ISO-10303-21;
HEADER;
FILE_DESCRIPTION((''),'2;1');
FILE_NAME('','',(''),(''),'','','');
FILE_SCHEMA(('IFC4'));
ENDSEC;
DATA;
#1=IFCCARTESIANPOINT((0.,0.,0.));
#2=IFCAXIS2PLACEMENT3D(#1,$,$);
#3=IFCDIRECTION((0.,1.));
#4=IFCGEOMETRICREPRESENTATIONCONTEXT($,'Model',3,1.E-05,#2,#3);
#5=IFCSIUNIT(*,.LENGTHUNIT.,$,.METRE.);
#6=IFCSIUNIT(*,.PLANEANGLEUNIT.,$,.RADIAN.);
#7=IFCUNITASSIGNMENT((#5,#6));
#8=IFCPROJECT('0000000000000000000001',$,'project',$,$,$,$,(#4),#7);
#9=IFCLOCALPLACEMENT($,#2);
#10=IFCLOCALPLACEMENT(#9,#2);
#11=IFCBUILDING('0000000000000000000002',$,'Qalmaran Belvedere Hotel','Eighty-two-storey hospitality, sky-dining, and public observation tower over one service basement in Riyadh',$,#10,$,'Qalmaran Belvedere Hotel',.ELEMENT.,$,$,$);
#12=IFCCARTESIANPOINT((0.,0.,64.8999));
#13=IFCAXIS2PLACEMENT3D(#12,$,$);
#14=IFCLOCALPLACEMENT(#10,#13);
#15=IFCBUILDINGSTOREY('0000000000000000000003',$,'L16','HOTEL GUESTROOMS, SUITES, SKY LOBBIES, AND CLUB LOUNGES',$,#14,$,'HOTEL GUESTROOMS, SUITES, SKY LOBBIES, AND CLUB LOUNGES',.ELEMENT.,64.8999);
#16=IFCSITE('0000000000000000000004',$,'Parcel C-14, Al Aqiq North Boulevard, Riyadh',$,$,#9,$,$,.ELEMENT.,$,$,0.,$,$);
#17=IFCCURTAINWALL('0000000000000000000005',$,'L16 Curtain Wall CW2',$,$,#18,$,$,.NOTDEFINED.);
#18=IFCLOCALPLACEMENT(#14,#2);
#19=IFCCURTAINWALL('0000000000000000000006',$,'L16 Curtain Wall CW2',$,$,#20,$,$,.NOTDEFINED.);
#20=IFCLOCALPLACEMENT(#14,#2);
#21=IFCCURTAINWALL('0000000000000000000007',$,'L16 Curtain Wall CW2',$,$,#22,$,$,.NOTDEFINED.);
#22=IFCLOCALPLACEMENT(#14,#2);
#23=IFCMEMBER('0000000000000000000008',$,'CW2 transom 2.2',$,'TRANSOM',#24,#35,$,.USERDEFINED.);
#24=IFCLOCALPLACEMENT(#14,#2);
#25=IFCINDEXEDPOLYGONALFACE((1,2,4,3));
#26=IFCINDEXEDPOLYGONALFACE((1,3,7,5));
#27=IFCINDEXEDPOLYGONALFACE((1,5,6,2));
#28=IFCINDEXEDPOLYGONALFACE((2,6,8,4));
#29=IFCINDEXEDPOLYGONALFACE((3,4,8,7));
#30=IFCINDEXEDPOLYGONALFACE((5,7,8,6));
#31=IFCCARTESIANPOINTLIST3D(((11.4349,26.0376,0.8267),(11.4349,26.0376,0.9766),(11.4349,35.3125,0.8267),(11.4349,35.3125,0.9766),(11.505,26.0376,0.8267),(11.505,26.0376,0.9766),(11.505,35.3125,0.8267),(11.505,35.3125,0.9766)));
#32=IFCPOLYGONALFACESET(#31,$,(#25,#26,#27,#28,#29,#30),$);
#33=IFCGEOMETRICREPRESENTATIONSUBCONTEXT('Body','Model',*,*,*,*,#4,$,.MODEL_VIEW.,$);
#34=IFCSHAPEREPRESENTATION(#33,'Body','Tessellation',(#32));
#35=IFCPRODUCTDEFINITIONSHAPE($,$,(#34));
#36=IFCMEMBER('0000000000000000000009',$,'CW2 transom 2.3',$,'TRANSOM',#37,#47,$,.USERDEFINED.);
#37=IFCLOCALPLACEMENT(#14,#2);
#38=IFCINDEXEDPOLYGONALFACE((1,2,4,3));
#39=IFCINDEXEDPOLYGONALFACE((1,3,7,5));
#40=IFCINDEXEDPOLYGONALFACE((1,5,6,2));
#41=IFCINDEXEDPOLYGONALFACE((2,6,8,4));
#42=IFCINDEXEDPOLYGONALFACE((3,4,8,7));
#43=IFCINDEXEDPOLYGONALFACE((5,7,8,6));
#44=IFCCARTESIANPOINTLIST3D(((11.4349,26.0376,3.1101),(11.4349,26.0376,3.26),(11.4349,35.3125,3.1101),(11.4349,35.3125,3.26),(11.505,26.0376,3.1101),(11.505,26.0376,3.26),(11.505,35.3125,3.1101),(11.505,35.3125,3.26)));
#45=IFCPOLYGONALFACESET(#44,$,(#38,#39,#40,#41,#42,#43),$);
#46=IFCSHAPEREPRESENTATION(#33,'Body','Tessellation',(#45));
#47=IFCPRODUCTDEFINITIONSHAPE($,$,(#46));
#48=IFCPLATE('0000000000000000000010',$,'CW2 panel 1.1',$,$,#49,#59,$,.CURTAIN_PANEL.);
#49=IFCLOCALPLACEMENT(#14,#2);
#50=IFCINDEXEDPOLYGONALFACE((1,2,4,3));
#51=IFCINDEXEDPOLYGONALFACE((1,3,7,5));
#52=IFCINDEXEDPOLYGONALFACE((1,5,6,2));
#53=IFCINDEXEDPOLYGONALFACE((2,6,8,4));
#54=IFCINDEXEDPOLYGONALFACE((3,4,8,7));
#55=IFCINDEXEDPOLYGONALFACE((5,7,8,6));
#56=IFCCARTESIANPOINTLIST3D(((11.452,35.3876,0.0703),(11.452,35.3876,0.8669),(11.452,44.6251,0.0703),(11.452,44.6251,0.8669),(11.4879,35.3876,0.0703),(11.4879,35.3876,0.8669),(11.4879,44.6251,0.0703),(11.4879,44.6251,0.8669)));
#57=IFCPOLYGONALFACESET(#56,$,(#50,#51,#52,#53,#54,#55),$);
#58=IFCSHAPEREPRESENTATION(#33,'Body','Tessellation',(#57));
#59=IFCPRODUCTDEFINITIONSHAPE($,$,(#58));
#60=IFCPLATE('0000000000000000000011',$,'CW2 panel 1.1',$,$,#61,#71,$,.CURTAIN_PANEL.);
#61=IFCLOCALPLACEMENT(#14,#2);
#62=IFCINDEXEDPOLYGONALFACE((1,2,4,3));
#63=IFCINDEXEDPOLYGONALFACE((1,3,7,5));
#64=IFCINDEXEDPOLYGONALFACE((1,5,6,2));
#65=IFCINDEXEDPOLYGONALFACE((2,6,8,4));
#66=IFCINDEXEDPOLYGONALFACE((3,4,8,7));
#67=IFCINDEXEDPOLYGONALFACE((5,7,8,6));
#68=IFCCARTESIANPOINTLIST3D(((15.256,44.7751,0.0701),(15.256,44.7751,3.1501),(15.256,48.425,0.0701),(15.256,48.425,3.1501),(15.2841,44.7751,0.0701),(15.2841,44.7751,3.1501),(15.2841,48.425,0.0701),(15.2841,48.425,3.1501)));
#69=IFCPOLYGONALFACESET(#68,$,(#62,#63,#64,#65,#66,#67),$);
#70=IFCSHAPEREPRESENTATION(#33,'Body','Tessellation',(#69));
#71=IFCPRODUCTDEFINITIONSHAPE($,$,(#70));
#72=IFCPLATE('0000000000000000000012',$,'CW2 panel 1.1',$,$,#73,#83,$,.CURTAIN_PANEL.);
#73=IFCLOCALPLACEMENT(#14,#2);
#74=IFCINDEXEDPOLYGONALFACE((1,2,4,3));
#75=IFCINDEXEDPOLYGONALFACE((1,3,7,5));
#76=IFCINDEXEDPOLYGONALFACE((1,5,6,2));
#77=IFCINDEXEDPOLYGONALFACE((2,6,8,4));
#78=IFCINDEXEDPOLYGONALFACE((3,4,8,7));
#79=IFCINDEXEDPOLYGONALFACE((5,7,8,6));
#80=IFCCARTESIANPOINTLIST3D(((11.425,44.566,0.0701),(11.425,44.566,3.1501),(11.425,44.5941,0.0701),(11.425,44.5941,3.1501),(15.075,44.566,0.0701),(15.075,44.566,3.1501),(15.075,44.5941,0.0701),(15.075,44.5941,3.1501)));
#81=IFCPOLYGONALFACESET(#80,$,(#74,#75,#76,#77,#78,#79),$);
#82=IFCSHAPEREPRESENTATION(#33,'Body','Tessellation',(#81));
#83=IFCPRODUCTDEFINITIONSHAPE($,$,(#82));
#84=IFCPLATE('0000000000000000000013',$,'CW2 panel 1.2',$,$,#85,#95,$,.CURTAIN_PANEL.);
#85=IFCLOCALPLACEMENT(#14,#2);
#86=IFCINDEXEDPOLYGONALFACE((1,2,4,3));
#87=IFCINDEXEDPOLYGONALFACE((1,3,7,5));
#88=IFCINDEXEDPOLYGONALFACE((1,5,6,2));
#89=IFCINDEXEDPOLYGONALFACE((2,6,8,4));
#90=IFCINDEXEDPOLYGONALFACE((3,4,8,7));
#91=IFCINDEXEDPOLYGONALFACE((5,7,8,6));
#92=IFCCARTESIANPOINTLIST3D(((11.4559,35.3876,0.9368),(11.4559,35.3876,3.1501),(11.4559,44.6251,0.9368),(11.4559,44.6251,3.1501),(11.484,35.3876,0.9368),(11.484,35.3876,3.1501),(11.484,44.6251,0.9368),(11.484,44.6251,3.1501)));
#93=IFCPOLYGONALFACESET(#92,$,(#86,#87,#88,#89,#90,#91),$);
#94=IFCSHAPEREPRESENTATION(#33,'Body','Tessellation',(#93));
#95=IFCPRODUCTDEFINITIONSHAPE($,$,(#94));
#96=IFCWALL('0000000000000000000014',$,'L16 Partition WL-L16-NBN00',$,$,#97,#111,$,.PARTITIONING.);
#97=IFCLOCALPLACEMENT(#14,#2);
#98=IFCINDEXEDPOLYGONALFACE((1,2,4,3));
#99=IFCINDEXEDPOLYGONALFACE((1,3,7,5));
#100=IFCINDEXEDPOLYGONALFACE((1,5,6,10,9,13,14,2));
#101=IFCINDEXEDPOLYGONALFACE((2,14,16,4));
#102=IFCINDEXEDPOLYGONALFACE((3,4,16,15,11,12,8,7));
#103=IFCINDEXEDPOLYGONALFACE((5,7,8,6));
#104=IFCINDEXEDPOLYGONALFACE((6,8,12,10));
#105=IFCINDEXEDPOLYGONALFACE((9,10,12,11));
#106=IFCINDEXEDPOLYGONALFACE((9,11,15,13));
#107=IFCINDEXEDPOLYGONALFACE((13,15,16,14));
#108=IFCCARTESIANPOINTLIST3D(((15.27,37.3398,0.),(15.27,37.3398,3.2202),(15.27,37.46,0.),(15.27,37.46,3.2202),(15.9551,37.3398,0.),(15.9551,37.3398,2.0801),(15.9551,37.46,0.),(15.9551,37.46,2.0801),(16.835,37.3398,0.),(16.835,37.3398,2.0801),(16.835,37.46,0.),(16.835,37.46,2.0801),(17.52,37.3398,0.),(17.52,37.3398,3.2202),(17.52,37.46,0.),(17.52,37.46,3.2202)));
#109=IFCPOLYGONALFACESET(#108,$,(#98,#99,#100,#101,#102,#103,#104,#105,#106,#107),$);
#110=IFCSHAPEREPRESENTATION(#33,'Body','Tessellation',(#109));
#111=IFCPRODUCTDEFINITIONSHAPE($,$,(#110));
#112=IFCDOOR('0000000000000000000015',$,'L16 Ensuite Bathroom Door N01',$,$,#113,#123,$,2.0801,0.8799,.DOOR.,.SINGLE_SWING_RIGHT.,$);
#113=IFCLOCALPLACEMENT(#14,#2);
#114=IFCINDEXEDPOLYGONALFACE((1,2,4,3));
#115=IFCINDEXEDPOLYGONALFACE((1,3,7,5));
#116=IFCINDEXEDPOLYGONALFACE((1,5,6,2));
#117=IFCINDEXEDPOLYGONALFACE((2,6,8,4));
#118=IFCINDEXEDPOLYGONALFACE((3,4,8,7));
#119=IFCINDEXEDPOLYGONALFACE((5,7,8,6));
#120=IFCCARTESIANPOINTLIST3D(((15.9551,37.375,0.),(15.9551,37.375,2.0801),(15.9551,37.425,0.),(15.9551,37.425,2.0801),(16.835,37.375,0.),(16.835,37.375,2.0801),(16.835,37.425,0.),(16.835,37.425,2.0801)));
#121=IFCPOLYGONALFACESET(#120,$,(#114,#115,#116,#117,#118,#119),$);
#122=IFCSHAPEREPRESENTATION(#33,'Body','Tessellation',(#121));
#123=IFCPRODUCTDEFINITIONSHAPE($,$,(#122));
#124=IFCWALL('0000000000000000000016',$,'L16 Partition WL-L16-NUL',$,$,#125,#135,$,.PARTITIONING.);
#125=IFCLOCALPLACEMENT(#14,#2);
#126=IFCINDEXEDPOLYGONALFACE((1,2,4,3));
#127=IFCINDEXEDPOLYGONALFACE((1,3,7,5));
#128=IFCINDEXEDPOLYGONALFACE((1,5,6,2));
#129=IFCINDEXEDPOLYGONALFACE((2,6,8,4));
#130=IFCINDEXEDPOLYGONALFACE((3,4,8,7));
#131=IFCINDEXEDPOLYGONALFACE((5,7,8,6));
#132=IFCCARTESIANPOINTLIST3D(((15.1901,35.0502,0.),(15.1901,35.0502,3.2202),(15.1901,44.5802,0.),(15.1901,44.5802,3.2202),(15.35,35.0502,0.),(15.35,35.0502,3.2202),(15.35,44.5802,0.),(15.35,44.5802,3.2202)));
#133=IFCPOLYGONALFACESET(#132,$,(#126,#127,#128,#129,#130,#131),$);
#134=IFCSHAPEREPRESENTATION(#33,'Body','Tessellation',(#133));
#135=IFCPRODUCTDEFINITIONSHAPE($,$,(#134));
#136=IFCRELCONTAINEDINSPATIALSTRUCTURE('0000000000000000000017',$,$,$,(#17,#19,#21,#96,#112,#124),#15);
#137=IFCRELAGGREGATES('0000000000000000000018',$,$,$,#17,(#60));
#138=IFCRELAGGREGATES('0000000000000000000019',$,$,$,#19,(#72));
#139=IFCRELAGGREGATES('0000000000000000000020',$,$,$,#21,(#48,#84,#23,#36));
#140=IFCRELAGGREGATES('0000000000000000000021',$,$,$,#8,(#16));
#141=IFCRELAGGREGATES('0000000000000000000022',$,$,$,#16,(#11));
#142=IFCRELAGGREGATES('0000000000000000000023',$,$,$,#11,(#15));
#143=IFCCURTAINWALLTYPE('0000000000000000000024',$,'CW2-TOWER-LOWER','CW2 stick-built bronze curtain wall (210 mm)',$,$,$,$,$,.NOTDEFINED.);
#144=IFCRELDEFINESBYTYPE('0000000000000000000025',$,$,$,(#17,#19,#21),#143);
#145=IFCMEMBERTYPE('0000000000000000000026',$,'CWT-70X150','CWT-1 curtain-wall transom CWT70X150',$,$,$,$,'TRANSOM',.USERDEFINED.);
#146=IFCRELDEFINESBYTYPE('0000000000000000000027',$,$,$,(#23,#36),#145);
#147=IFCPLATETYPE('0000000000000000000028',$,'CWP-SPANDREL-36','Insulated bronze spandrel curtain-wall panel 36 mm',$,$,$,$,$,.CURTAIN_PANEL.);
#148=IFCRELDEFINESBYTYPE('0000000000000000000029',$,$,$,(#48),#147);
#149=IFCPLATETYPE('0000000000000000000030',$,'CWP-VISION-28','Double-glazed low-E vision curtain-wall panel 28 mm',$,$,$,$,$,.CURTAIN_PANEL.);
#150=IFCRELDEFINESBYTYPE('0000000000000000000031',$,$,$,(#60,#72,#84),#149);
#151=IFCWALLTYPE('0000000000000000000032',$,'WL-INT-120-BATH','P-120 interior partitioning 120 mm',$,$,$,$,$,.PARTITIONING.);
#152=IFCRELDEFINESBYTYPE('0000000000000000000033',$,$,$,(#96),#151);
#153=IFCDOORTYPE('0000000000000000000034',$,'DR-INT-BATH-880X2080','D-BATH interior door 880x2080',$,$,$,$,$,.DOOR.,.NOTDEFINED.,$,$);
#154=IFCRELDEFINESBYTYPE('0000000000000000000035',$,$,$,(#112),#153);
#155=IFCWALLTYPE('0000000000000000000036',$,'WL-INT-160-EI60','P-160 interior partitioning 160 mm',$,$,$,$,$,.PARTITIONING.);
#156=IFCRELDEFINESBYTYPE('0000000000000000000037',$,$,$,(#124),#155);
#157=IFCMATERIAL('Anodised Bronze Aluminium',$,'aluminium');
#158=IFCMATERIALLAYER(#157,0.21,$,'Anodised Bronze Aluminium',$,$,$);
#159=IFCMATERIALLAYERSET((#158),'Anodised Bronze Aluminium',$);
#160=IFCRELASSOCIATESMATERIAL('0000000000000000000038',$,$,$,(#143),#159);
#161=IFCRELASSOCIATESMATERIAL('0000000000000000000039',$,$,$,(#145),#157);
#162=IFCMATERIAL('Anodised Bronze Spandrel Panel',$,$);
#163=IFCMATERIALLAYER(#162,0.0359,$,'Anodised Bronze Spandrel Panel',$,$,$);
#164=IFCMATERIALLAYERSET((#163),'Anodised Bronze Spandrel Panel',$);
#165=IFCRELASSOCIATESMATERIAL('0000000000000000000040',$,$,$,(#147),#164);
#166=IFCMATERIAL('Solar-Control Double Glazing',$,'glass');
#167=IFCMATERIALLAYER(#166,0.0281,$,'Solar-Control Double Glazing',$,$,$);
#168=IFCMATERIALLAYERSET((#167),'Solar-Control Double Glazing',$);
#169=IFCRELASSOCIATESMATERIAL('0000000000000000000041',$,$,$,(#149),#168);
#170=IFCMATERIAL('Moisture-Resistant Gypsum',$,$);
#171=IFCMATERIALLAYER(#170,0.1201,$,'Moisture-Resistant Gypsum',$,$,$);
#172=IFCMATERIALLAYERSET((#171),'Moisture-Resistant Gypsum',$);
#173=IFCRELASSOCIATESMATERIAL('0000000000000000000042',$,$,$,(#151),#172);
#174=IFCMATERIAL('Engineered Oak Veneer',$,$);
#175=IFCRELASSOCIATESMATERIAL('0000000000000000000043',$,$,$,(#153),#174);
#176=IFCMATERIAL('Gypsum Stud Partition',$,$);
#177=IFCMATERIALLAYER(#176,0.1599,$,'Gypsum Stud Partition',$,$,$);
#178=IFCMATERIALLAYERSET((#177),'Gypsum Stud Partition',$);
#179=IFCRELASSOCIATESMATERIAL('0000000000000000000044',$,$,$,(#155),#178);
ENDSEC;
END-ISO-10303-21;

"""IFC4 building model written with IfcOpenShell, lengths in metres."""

from ifc_helpers import new_model, si_unit, direction, frame, frame_2d, origin, origin_2d, place, context, subcontext, project, spatial, rectangle, extrude, material, layer, layer_set, material_profile, profile_set, type_object, element, fill, aggregate, save


model = new_model("IFC4")

# Units and contexts
model_context = context("Model", 3, precision=1e-05, world=origin(), true_north=direction((0.0, 1.0)))
body_context = subcontext(model_context, "Body", "Model", "MODEL_VIEW")
ifc_project = project(units=[si_unit("LENGTHUNIT", "METRE"), si_unit("PLANEANGLEUNIT", "RADIAN")], contexts=[model_context])

# Site, building, storey
site_placement = place(None, origin())
site = spatial("IfcSite", under=ifc_project, at=site_placement, Name="Parcel C-14, Al Aqiq North Boulevard, Riyadh", CompositionType="ELEMENT", RefElevation=0.0)
building_placement = place(site_placement, origin())
building = spatial("IfcBuilding", under=site, at=building_placement, Name="Qalmaran Belvedere Hotel", Description="Eighty-two-storey hospitality, sky-dining, and public observation tower over one service basement in Riyadh", LongName="Qalmaran Belvedere Hotel", CompositionType="ELEMENT")
storey_placement = place(building_placement, frame((0.0, 0.0, 64.8999)))
storey = spatial("IfcBuildingStorey", under=building, at=storey_placement, Name="L16", Description="HOTEL GUESTROOMS, SUITES, SKY LOBBIES, AND CLUB LOUNGES", LongName="HOTEL GUESTROOMS, SUITES, SKY LOBBIES, AND CLUB LOUNGES", CompositionType="ELEMENT", Elevation=64.8999)

# Shared definitions
ifc_material_1 = material(Name="Anodised Bronze Aluminium", Category="aluminium")
ifc_layer_1 = layer(ifc_material_1, 0.21, Name="Anodised Bronze Aluminium")
ifc_layer_set_1 = layer_set([ifc_layer_1], Name="Anodised Bronze Aluminium")
curtain_wall_type = type_object("IfcCurtainWallType", Name="CW2-TOWER-LOWER", Description="CW2 stick-built bronze curtain wall (210 mm)", PredefinedType="NOTDEFINED", material=ifc_layer_set_1)

# Curtain walls
curtain_wall_1_placement = place(storey_placement, origin())
curtain_wall_1 = element("IfcCurtainWall", 1, at=curtain_wall_1_placement, inside=storey, type_object=curtain_wall_type, Name="L16 Curtain Wall CW2", PredefinedType="NOTDEFINED")
curtain_wall_2_placement = place(storey_placement, origin())
curtain_wall_2 = element("IfcCurtainWall", 2, at=curtain_wall_2_placement, inside=storey, type_object=curtain_wall_type, Name="L16 Curtain Wall CW2", PredefinedType="NOTDEFINED")
curtain_wall_3_placement = place(storey_placement, origin())
curtain_wall_3 = element("IfcCurtainWall", 3, at=curtain_wall_3_placement, inside=storey, type_object=curtain_wall_type, Name="L16 Curtain Wall CW2", PredefinedType="NOTDEFINED")

# Members
ifc_material_profile_1 = material_profile(ifc_material_1, rectangle(XDim=0.0701, YDim=0.1499, at=origin_2d()), Name="CWT70X150")
ifc_profile_set_1 = profile_set([ifc_material_profile_1], Name="Anodised Bronze Aluminium")
member_type_1 = type_object("IfcMemberType", Name="CWT-70X150", Description="CWT-1 curtain-wall transom CWT70X150", ElementType="TRANSOM", PredefinedType="USERDEFINED", material=ifc_profile_set_1)
member_1_placement = place(storey_placement, frame((11.47, 35.3125, 0.9016), z_axis=(0.0, -1.0, 0.0), x_axis=(1.0, 0.0, 0.0)))
member_1 = element("IfcMember", 4, at=member_1_placement, type_object=member_type_1, Name="CW2 transom 2.2", ObjectType="TRANSOM", PredefinedType="USERDEFINED", context=body_context, shape_type="SweptSolid", body=[
    extrude(rectangle(XDim=0.0701, YDim=0.1499, at=origin_2d()), origin(), (0.0, 0.0, 1.0), 9.2749),
])
member_2_placement = place(storey_placement, frame((11.47, 35.3125, 3.1851), z_axis=(0.0, -1.0, 0.0), x_axis=(1.0, 0.0, 0.0)))
member_2 = element("IfcMember", 5, at=member_2_placement, type_object=member_type_1, Name="CW2 transom 2.3", ObjectType="TRANSOM", PredefinedType="USERDEFINED", context=body_context, shape_type="SweptSolid", body=[
    extrude(rectangle(XDim=0.0701, YDim=0.1499, at=origin_2d()), origin(), (0.0, 0.0, 1.0), 9.2749),
])

# Plates
ifc_material_2 = material(Name="Anodised Bronze Spandrel Panel")
ifc_layer_2 = layer(ifc_material_2, 0.0359, Name="Anodised Bronze Spandrel Panel")
ifc_layer_set_2 = layer_set([ifc_layer_2], Name="Anodised Bronze Spandrel Panel")
plate_type_1 = type_object("IfcPlateType", Name="CWP-SPANDREL-36", Description="Insulated bronze spandrel curtain-wall panel 36 mm", PredefinedType="CURTAIN_PANEL", material=ifc_layer_set_2)
plate_1_placement = place(storey_placement, frame((11.47, 40.0063, 0.0703), z_axis=(0.0, 0.0, 1.0), x_axis=(0.0, -1.0, 0.0)))
plate_1 = element("IfcPlate", 6, at=plate_1_placement, type_object=plate_type_1, Name="CW2 panel 1.1", PredefinedType="CURTAIN_PANEL", context=body_context, shape_type="SweptSolid", body=[
    extrude(rectangle(XDim=9.2375, YDim=0.0359, at=origin_2d()), origin(), (0.0, 0.0, 1.0), 0.7966),
])
ifc_material_3 = material(Name="Solar-Control Double Glazing", Category="glass")
ifc_layer_3 = layer(ifc_material_3, 0.0281, Name="Solar-Control Double Glazing")
ifc_layer_set_3 = layer_set([ifc_layer_3], Name="Solar-Control Double Glazing")
plate_type_2 = type_object("IfcPlateType", Name="CWP-VISION-28", Description="Double-glazed low-E vision curtain-wall panel 28 mm", PredefinedType="CURTAIN_PANEL", material=ifc_layer_set_3)
plate_2_placement = place(storey_placement, frame((15.27, 46.6001, 0.0701), z_axis=(0.0, 0.0, 1.0), x_axis=(0.0, -1.0, 0.0)))
plate_2 = element("IfcPlate", 7, at=plate_2_placement, type_object=plate_type_2, Name="CW2 panel 1.1", PredefinedType="CURTAIN_PANEL", context=body_context, shape_type="SweptSolid", body=[
    extrude(rectangle(XDim=3.6499, YDim=0.0281, at=origin_2d()), origin(), (0.0, 0.0, 1.0), 3.0801),
])
aggregate(curtain_wall_1, [plate_2])
plate_3_placement = place(storey_placement, frame((13.25, 44.5801, 0.0701), z_axis=(0.0, 0.0, 1.0), x_axis=(-1.0, 0.0, 0.0)))
plate_3 = element("IfcPlate", 8, at=plate_3_placement, type_object=plate_type_2, Name="CW2 panel 1.1", PredefinedType="CURTAIN_PANEL", context=body_context, shape_type="SweptSolid", body=[
    extrude(rectangle(XDim=3.6499, YDim=0.0281, at=origin_2d()), origin(), (0.0, 0.0, 1.0), 3.0801),
])
aggregate(curtain_wall_2, [plate_3])
plate_4_placement = place(storey_placement, frame((11.47, 40.0063, 0.9368), z_axis=(0.0, 0.0, 1.0), x_axis=(0.0, -1.0, 0.0)))
plate_4 = element("IfcPlate", 9, at=plate_4_placement, type_object=plate_type_2, Name="CW2 panel 1.2", PredefinedType="CURTAIN_PANEL", context=body_context, shape_type="SweptSolid", body=[
    extrude(rectangle(XDim=9.2375, YDim=0.0281, at=origin_2d()), origin(), (0.0, 0.0, 1.0), 2.2134),
])
aggregate(curtain_wall_3, [plate_1, plate_4, member_1, member_2])

# Wall, opening, door
ifc_material_4 = material(Name="Moisture-Resistant Gypsum")
ifc_layer_4 = layer(ifc_material_4, 0.1201, Name="Moisture-Resistant Gypsum")
ifc_layer_set_4 = layer_set([ifc_layer_4], Name="Moisture-Resistant Gypsum")
wall_type_1 = type_object("IfcWallType", Name="WL-INT-120-BATH", Description="P-120 interior partitioning 120 mm", PredefinedType="PARTITIONING", material=ifc_layer_set_4)
wall_1_placement = place(storey_placement, frame((15.27, 37.3999, 0.0), z_axis=(0.0, 0.0, 1.0), x_axis=(1.0, 0.0, 0.0)))
wall_1 = element("IfcWall", 10, at=wall_1_placement, inside=storey, type_object=wall_type_1, Name="L16 Partition WL-L16-NBN00", PredefinedType="PARTITIONING", context=body_context, shape_type="SweptSolid", body=[
    extrude(rectangle(XDim=2.25, YDim=0.1201, at=frame_2d((1.125, 0.0))), origin(), (0.0, 0.0, 1.0), 3.2202),
])
opening_placement = place(wall_1_placement, frame((1.5649, 0.0, 0.0), z_axis=(0.0, 0.0, 1.0), x_axis=(-1.0, 0.0, 0.0)))
opening = element("IfcOpeningElement", 11, at=opening_placement, cuts=wall_1, PredefinedType="OPENING", context=body_context, shape_type="SweptSolid", body=[
    extrude(rectangle(XDim=0.8799, YDim=2.0801, at=frame_2d((0.4399, 1.04))), frame((0.0, 0.0701, 0.0), z_axis=(0.0, -1.0, 0.0), x_axis=(1.0, 0.0, 0.0)), (0.0, 0.0, 1.0), 0.1401),
])
ifc_material_5 = material(Name="Engineered Oak Veneer")
door_type = type_object("IfcDoorType", Name="DR-INT-BATH-880X2080", Description="D-BATH interior door 880x2080", OperationType="NOTDEFINED", PredefinedType="DOOR", material=ifc_material_5)
door_placement = place(opening_placement, origin())
door = element("IfcDoor", 12, at=door_placement, inside=storey, type_object=door_type, Name="L16 Ensuite Bathroom Door N01", OperationType="SINGLE_SWING_RIGHT", OverallHeight=2.0801, OverallWidth=0.8799, PredefinedType="DOOR", context=body_context, shape_type="SweptSolid", body=[
    extrude(rectangle(XDim=0.8799, YDim=2.0801, at=frame_2d((0.4399, 1.04))), frame((0.0, 0.0249, 0.0), z_axis=(0.0, -1.0, 0.0), x_axis=(1.0, 0.0, 0.0)), (0.0, 0.0, 1.0), 0.05),
])
fill(opening, door)

# Wall
ifc_material_6 = material(Name="Gypsum Stud Partition")
ifc_layer_5 = layer(ifc_material_6, 0.1599, Name="Gypsum Stud Partition")
ifc_layer_set_5 = layer_set([ifc_layer_5], Name="Gypsum Stud Partition")
wall_type_2 = type_object("IfcWallType", Name="WL-INT-160-EI60", Description="P-160 interior partitioning 160 mm", PredefinedType="PARTITIONING", material=ifc_layer_set_5)
wall_2_placement = place(storey_placement, frame((15.27, 35.05, 0.0), z_axis=(0.0, 0.0, 1.0), x_axis=(0.0, 1.0, 0.0)))
element("IfcWall", 13, at=wall_2_placement, inside=storey, type_object=wall_type_2, Name="L16 Partition WL-L16-NUL", PredefinedType="PARTITIONING", context=body_context, shape_type="SweptSolid", body=[
    extrude(rectangle(XDim=9.53, YDim=0.1599, at=frame_2d((4.7651, 0.0))), origin(), (0.0, 0.0, 1.0), 3.2202),
])

save(model, "model.ifc")
